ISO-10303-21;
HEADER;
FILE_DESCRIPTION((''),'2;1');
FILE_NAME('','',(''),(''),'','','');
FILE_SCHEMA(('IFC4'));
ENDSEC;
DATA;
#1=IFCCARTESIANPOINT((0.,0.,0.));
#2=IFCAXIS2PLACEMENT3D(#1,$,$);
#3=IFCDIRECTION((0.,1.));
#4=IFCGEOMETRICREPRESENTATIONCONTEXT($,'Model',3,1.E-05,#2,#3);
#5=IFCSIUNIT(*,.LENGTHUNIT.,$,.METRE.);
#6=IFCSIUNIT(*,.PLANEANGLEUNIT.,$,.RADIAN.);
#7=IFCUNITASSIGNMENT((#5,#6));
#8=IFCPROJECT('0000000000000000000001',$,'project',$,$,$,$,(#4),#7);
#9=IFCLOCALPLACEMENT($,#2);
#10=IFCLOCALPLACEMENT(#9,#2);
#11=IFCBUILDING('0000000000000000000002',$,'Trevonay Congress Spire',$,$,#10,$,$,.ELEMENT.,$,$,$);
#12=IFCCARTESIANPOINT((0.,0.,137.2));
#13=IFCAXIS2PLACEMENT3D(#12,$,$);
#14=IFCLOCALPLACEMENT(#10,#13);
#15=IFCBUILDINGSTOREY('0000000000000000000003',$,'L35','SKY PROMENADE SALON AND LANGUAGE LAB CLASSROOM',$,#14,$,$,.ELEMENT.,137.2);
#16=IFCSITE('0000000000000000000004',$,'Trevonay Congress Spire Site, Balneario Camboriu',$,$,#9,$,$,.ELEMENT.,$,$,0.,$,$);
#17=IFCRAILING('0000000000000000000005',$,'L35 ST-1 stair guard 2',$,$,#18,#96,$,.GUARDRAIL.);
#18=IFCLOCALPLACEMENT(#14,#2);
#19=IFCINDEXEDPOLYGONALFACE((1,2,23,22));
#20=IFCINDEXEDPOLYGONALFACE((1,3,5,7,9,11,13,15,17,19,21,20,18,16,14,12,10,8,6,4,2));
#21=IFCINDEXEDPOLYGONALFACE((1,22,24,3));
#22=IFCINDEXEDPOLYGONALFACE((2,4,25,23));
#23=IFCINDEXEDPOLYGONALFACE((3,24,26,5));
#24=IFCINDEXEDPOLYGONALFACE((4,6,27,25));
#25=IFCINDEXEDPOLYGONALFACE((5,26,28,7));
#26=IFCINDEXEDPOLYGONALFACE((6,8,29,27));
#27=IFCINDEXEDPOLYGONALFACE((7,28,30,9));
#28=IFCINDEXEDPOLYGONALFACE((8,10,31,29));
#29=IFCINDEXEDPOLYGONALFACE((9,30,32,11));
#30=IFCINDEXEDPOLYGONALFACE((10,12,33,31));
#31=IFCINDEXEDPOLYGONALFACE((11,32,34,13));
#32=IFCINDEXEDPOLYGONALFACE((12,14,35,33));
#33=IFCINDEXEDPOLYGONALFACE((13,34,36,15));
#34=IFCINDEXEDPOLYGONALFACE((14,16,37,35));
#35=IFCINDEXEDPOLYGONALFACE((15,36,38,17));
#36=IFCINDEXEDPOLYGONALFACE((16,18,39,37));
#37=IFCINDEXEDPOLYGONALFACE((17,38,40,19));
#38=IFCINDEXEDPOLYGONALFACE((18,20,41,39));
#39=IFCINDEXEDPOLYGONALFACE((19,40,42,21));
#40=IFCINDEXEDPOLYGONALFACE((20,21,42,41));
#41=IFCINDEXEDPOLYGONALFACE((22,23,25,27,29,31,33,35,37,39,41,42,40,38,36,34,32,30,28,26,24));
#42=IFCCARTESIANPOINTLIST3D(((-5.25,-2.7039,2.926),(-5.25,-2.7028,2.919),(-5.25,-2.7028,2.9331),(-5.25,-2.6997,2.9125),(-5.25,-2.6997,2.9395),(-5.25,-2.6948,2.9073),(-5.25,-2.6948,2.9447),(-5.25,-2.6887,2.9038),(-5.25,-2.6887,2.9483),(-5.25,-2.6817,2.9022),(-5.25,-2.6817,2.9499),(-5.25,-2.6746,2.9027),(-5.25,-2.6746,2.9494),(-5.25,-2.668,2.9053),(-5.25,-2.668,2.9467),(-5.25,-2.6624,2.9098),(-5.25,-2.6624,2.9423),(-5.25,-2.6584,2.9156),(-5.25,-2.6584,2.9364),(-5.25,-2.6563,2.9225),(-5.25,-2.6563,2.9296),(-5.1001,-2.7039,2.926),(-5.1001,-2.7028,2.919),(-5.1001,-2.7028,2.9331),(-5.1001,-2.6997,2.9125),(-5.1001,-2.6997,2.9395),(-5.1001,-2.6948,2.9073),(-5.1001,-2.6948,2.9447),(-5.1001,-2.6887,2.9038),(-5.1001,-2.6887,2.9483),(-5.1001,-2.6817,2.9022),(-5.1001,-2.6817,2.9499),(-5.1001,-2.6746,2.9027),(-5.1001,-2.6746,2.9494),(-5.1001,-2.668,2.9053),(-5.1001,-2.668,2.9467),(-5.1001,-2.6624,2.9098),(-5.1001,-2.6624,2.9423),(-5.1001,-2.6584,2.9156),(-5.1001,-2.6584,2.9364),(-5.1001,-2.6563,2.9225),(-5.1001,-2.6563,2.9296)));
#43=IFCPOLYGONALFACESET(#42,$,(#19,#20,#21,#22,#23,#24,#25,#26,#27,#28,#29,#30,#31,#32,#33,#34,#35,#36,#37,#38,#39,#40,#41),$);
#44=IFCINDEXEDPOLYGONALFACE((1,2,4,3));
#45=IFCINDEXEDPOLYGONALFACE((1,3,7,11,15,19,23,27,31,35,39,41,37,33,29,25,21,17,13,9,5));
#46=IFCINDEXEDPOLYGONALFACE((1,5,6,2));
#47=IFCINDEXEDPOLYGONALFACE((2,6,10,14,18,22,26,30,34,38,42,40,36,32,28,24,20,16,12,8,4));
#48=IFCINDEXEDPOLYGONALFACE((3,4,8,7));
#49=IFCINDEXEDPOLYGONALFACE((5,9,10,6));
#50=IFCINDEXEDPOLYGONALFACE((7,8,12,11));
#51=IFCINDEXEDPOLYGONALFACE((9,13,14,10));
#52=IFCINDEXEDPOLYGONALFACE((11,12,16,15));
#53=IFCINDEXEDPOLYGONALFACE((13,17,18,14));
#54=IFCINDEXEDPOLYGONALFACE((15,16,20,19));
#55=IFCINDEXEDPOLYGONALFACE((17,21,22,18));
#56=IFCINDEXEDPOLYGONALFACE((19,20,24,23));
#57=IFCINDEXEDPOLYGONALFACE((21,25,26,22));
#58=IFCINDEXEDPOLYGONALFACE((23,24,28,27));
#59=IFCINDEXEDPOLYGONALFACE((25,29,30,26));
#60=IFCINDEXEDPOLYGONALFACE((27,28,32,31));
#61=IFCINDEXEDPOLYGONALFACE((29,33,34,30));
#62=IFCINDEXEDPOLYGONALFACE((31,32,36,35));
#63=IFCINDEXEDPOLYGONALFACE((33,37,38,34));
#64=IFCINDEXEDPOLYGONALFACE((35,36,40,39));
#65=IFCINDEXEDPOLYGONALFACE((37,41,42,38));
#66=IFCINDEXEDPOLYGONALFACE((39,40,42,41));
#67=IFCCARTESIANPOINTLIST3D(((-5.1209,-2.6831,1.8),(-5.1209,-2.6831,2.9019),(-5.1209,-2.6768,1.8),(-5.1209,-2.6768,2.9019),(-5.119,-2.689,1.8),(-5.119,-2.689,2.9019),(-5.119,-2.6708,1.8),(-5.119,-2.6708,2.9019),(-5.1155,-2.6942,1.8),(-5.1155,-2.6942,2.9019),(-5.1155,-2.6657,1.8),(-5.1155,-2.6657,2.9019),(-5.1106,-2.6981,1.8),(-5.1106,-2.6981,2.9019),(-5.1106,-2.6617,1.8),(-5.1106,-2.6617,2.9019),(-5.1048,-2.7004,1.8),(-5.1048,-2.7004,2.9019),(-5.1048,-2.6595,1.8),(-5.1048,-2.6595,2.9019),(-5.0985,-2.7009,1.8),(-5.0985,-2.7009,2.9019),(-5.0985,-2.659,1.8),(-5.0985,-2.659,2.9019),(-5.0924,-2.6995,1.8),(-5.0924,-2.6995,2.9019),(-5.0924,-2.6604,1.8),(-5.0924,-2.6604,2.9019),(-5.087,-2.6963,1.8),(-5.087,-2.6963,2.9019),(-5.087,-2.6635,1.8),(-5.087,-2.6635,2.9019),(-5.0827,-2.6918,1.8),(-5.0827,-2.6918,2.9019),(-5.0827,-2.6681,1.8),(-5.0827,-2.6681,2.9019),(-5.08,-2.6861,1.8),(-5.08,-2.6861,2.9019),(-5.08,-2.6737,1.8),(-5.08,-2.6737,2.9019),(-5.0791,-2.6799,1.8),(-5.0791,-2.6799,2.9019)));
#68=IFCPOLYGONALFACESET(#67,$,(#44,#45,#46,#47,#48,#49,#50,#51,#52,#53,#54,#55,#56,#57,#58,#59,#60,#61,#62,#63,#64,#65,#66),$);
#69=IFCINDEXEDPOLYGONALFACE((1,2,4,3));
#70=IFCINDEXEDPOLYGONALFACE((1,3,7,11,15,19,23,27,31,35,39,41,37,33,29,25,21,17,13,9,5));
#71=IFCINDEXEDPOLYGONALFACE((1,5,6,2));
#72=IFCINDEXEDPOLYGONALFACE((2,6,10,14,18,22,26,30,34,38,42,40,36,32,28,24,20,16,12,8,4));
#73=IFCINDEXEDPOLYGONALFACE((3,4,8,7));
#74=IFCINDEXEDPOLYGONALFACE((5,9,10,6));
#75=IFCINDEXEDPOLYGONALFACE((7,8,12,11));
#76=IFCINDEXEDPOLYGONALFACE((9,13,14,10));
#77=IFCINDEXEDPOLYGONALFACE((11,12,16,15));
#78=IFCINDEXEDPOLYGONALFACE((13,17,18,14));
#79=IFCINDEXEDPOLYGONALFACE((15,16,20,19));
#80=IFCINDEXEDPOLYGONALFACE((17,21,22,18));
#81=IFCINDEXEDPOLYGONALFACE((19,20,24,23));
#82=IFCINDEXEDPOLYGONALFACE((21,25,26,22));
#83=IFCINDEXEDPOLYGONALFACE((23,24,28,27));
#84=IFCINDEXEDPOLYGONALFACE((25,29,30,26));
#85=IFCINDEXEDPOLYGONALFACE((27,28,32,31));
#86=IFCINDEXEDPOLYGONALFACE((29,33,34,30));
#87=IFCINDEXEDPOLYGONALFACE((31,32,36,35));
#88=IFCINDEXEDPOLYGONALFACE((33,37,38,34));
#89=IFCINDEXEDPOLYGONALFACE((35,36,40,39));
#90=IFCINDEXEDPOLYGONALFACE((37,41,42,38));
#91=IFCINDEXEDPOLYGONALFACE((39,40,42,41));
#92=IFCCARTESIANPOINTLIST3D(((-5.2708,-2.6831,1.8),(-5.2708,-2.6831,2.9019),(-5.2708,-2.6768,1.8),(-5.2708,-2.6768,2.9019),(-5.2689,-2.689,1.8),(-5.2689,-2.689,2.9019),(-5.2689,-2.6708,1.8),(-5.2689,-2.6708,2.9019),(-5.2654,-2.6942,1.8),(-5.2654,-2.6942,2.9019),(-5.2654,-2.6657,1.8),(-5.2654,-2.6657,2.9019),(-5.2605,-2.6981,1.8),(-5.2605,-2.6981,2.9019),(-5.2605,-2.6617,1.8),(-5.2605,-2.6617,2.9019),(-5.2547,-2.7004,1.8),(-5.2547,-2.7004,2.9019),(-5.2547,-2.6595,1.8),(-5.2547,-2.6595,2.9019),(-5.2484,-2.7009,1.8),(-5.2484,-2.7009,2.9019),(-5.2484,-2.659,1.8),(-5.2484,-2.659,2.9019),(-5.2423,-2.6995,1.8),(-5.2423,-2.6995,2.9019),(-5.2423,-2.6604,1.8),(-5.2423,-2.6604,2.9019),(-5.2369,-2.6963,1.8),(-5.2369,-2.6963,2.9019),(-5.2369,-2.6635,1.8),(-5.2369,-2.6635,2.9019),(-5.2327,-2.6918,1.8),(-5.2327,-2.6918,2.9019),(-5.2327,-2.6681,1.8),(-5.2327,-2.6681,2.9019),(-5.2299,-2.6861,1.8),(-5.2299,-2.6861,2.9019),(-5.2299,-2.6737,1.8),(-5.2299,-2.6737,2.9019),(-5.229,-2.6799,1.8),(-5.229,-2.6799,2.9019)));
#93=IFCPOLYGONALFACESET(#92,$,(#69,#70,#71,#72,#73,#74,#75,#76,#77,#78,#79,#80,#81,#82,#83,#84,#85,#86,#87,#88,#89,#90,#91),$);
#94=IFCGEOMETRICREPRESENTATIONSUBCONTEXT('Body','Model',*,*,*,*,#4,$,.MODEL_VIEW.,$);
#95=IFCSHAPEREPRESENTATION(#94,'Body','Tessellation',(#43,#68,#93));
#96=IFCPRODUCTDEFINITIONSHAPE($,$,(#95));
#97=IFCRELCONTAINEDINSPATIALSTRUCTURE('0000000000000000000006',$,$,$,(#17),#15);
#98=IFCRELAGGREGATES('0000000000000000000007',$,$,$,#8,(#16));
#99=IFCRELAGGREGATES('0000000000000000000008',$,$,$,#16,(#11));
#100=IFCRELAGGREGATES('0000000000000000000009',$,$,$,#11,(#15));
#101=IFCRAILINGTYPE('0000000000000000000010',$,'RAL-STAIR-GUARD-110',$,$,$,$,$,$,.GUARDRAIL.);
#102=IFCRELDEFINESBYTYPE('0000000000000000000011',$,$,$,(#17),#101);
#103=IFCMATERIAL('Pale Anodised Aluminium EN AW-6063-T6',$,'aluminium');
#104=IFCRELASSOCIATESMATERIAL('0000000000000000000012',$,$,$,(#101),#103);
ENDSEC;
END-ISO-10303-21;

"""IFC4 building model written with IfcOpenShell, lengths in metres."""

from ifc_helpers import new_model, si_unit, direction, frame, origin, origin_2d, place, context, subcontext, project, spatial, circle, extrude, material, type_object, element, save


model = new_model("IFC4")

# Units and contexts
model_context = context("Model", 3, precision=1e-05, world=origin(), true_north=direction((0.0, 1.0)))
body_context = subcontext(model_context, "Body", "Model", "MODEL_VIEW")
ifc_project = project(units=[si_unit("LENGTHUNIT", "METRE"), si_unit("PLANEANGLEUNIT", "RADIAN")], contexts=[model_context])

# Site, building, storey
site_placement = place(None, origin())
site = spatial("IfcSite", under=ifc_project, at=site_placement, Name="Trevonay Congress Spire Site, Balneario Camboriu", CompositionType="ELEMENT", RefElevation=0.0)
building_placement = place(site_placement, origin())
building = spatial("IfcBuilding", under=site, at=building_placement, Name="Trevonay Congress Spire", CompositionType="ELEMENT")
storey_placement = place(building_placement, frame((0.0, 0.0, 137.2)))
storey = spatial("IfcBuildingStorey", under=building, at=storey_placement, Name="L35", Description="SKY PROMENADE SALON AND LANGUAGE LAB CLASSROOM", CompositionType="ELEMENT", Elevation=137.2)

# Shared definitions
ifc_material_1 = material(Name="Pale Anodised Aluminium EN AW-6063-T6", Category="aluminium")

# Railing
railing_type_1 = type_object("IfcRailingType", Name="RAL-STAIR-GUARD-110", PredefinedType="GUARDRAIL", material=ifc_material_1)
railing_1_placement = place(storey_placement, frame((-5.1001, -2.6799, 1.8)))
element("IfcRailing", 1, at=railing_1_placement, inside=storey, type_object=railing_type_1, Name="L35 ST-1 stair guard 2", PredefinedType="GUARDRAIL", context=body_context, shape_type="SweptSolid", body=[
    extrude(circle(Radius=0.0239, at=origin_2d()), frame((0.0, 0.0, 1.126), z_axis=(-1.0, 0.0, 0.0), x_axis=(0.0, -1.0, 0.0)), (0.0, 0.0, 1.0), 0.1499),
    extrude(circle(Radius=0.021, at=origin_2d()), origin(), (0.0, 0.0, 1.0), 1.1018),
    extrude(circle(Radius=0.021, at=origin_2d()), frame((-0.1499, 0.0, 0.0)), (0.0, 0.0, 1.0), 1.1018),
])

save(model, "model.ifc")
